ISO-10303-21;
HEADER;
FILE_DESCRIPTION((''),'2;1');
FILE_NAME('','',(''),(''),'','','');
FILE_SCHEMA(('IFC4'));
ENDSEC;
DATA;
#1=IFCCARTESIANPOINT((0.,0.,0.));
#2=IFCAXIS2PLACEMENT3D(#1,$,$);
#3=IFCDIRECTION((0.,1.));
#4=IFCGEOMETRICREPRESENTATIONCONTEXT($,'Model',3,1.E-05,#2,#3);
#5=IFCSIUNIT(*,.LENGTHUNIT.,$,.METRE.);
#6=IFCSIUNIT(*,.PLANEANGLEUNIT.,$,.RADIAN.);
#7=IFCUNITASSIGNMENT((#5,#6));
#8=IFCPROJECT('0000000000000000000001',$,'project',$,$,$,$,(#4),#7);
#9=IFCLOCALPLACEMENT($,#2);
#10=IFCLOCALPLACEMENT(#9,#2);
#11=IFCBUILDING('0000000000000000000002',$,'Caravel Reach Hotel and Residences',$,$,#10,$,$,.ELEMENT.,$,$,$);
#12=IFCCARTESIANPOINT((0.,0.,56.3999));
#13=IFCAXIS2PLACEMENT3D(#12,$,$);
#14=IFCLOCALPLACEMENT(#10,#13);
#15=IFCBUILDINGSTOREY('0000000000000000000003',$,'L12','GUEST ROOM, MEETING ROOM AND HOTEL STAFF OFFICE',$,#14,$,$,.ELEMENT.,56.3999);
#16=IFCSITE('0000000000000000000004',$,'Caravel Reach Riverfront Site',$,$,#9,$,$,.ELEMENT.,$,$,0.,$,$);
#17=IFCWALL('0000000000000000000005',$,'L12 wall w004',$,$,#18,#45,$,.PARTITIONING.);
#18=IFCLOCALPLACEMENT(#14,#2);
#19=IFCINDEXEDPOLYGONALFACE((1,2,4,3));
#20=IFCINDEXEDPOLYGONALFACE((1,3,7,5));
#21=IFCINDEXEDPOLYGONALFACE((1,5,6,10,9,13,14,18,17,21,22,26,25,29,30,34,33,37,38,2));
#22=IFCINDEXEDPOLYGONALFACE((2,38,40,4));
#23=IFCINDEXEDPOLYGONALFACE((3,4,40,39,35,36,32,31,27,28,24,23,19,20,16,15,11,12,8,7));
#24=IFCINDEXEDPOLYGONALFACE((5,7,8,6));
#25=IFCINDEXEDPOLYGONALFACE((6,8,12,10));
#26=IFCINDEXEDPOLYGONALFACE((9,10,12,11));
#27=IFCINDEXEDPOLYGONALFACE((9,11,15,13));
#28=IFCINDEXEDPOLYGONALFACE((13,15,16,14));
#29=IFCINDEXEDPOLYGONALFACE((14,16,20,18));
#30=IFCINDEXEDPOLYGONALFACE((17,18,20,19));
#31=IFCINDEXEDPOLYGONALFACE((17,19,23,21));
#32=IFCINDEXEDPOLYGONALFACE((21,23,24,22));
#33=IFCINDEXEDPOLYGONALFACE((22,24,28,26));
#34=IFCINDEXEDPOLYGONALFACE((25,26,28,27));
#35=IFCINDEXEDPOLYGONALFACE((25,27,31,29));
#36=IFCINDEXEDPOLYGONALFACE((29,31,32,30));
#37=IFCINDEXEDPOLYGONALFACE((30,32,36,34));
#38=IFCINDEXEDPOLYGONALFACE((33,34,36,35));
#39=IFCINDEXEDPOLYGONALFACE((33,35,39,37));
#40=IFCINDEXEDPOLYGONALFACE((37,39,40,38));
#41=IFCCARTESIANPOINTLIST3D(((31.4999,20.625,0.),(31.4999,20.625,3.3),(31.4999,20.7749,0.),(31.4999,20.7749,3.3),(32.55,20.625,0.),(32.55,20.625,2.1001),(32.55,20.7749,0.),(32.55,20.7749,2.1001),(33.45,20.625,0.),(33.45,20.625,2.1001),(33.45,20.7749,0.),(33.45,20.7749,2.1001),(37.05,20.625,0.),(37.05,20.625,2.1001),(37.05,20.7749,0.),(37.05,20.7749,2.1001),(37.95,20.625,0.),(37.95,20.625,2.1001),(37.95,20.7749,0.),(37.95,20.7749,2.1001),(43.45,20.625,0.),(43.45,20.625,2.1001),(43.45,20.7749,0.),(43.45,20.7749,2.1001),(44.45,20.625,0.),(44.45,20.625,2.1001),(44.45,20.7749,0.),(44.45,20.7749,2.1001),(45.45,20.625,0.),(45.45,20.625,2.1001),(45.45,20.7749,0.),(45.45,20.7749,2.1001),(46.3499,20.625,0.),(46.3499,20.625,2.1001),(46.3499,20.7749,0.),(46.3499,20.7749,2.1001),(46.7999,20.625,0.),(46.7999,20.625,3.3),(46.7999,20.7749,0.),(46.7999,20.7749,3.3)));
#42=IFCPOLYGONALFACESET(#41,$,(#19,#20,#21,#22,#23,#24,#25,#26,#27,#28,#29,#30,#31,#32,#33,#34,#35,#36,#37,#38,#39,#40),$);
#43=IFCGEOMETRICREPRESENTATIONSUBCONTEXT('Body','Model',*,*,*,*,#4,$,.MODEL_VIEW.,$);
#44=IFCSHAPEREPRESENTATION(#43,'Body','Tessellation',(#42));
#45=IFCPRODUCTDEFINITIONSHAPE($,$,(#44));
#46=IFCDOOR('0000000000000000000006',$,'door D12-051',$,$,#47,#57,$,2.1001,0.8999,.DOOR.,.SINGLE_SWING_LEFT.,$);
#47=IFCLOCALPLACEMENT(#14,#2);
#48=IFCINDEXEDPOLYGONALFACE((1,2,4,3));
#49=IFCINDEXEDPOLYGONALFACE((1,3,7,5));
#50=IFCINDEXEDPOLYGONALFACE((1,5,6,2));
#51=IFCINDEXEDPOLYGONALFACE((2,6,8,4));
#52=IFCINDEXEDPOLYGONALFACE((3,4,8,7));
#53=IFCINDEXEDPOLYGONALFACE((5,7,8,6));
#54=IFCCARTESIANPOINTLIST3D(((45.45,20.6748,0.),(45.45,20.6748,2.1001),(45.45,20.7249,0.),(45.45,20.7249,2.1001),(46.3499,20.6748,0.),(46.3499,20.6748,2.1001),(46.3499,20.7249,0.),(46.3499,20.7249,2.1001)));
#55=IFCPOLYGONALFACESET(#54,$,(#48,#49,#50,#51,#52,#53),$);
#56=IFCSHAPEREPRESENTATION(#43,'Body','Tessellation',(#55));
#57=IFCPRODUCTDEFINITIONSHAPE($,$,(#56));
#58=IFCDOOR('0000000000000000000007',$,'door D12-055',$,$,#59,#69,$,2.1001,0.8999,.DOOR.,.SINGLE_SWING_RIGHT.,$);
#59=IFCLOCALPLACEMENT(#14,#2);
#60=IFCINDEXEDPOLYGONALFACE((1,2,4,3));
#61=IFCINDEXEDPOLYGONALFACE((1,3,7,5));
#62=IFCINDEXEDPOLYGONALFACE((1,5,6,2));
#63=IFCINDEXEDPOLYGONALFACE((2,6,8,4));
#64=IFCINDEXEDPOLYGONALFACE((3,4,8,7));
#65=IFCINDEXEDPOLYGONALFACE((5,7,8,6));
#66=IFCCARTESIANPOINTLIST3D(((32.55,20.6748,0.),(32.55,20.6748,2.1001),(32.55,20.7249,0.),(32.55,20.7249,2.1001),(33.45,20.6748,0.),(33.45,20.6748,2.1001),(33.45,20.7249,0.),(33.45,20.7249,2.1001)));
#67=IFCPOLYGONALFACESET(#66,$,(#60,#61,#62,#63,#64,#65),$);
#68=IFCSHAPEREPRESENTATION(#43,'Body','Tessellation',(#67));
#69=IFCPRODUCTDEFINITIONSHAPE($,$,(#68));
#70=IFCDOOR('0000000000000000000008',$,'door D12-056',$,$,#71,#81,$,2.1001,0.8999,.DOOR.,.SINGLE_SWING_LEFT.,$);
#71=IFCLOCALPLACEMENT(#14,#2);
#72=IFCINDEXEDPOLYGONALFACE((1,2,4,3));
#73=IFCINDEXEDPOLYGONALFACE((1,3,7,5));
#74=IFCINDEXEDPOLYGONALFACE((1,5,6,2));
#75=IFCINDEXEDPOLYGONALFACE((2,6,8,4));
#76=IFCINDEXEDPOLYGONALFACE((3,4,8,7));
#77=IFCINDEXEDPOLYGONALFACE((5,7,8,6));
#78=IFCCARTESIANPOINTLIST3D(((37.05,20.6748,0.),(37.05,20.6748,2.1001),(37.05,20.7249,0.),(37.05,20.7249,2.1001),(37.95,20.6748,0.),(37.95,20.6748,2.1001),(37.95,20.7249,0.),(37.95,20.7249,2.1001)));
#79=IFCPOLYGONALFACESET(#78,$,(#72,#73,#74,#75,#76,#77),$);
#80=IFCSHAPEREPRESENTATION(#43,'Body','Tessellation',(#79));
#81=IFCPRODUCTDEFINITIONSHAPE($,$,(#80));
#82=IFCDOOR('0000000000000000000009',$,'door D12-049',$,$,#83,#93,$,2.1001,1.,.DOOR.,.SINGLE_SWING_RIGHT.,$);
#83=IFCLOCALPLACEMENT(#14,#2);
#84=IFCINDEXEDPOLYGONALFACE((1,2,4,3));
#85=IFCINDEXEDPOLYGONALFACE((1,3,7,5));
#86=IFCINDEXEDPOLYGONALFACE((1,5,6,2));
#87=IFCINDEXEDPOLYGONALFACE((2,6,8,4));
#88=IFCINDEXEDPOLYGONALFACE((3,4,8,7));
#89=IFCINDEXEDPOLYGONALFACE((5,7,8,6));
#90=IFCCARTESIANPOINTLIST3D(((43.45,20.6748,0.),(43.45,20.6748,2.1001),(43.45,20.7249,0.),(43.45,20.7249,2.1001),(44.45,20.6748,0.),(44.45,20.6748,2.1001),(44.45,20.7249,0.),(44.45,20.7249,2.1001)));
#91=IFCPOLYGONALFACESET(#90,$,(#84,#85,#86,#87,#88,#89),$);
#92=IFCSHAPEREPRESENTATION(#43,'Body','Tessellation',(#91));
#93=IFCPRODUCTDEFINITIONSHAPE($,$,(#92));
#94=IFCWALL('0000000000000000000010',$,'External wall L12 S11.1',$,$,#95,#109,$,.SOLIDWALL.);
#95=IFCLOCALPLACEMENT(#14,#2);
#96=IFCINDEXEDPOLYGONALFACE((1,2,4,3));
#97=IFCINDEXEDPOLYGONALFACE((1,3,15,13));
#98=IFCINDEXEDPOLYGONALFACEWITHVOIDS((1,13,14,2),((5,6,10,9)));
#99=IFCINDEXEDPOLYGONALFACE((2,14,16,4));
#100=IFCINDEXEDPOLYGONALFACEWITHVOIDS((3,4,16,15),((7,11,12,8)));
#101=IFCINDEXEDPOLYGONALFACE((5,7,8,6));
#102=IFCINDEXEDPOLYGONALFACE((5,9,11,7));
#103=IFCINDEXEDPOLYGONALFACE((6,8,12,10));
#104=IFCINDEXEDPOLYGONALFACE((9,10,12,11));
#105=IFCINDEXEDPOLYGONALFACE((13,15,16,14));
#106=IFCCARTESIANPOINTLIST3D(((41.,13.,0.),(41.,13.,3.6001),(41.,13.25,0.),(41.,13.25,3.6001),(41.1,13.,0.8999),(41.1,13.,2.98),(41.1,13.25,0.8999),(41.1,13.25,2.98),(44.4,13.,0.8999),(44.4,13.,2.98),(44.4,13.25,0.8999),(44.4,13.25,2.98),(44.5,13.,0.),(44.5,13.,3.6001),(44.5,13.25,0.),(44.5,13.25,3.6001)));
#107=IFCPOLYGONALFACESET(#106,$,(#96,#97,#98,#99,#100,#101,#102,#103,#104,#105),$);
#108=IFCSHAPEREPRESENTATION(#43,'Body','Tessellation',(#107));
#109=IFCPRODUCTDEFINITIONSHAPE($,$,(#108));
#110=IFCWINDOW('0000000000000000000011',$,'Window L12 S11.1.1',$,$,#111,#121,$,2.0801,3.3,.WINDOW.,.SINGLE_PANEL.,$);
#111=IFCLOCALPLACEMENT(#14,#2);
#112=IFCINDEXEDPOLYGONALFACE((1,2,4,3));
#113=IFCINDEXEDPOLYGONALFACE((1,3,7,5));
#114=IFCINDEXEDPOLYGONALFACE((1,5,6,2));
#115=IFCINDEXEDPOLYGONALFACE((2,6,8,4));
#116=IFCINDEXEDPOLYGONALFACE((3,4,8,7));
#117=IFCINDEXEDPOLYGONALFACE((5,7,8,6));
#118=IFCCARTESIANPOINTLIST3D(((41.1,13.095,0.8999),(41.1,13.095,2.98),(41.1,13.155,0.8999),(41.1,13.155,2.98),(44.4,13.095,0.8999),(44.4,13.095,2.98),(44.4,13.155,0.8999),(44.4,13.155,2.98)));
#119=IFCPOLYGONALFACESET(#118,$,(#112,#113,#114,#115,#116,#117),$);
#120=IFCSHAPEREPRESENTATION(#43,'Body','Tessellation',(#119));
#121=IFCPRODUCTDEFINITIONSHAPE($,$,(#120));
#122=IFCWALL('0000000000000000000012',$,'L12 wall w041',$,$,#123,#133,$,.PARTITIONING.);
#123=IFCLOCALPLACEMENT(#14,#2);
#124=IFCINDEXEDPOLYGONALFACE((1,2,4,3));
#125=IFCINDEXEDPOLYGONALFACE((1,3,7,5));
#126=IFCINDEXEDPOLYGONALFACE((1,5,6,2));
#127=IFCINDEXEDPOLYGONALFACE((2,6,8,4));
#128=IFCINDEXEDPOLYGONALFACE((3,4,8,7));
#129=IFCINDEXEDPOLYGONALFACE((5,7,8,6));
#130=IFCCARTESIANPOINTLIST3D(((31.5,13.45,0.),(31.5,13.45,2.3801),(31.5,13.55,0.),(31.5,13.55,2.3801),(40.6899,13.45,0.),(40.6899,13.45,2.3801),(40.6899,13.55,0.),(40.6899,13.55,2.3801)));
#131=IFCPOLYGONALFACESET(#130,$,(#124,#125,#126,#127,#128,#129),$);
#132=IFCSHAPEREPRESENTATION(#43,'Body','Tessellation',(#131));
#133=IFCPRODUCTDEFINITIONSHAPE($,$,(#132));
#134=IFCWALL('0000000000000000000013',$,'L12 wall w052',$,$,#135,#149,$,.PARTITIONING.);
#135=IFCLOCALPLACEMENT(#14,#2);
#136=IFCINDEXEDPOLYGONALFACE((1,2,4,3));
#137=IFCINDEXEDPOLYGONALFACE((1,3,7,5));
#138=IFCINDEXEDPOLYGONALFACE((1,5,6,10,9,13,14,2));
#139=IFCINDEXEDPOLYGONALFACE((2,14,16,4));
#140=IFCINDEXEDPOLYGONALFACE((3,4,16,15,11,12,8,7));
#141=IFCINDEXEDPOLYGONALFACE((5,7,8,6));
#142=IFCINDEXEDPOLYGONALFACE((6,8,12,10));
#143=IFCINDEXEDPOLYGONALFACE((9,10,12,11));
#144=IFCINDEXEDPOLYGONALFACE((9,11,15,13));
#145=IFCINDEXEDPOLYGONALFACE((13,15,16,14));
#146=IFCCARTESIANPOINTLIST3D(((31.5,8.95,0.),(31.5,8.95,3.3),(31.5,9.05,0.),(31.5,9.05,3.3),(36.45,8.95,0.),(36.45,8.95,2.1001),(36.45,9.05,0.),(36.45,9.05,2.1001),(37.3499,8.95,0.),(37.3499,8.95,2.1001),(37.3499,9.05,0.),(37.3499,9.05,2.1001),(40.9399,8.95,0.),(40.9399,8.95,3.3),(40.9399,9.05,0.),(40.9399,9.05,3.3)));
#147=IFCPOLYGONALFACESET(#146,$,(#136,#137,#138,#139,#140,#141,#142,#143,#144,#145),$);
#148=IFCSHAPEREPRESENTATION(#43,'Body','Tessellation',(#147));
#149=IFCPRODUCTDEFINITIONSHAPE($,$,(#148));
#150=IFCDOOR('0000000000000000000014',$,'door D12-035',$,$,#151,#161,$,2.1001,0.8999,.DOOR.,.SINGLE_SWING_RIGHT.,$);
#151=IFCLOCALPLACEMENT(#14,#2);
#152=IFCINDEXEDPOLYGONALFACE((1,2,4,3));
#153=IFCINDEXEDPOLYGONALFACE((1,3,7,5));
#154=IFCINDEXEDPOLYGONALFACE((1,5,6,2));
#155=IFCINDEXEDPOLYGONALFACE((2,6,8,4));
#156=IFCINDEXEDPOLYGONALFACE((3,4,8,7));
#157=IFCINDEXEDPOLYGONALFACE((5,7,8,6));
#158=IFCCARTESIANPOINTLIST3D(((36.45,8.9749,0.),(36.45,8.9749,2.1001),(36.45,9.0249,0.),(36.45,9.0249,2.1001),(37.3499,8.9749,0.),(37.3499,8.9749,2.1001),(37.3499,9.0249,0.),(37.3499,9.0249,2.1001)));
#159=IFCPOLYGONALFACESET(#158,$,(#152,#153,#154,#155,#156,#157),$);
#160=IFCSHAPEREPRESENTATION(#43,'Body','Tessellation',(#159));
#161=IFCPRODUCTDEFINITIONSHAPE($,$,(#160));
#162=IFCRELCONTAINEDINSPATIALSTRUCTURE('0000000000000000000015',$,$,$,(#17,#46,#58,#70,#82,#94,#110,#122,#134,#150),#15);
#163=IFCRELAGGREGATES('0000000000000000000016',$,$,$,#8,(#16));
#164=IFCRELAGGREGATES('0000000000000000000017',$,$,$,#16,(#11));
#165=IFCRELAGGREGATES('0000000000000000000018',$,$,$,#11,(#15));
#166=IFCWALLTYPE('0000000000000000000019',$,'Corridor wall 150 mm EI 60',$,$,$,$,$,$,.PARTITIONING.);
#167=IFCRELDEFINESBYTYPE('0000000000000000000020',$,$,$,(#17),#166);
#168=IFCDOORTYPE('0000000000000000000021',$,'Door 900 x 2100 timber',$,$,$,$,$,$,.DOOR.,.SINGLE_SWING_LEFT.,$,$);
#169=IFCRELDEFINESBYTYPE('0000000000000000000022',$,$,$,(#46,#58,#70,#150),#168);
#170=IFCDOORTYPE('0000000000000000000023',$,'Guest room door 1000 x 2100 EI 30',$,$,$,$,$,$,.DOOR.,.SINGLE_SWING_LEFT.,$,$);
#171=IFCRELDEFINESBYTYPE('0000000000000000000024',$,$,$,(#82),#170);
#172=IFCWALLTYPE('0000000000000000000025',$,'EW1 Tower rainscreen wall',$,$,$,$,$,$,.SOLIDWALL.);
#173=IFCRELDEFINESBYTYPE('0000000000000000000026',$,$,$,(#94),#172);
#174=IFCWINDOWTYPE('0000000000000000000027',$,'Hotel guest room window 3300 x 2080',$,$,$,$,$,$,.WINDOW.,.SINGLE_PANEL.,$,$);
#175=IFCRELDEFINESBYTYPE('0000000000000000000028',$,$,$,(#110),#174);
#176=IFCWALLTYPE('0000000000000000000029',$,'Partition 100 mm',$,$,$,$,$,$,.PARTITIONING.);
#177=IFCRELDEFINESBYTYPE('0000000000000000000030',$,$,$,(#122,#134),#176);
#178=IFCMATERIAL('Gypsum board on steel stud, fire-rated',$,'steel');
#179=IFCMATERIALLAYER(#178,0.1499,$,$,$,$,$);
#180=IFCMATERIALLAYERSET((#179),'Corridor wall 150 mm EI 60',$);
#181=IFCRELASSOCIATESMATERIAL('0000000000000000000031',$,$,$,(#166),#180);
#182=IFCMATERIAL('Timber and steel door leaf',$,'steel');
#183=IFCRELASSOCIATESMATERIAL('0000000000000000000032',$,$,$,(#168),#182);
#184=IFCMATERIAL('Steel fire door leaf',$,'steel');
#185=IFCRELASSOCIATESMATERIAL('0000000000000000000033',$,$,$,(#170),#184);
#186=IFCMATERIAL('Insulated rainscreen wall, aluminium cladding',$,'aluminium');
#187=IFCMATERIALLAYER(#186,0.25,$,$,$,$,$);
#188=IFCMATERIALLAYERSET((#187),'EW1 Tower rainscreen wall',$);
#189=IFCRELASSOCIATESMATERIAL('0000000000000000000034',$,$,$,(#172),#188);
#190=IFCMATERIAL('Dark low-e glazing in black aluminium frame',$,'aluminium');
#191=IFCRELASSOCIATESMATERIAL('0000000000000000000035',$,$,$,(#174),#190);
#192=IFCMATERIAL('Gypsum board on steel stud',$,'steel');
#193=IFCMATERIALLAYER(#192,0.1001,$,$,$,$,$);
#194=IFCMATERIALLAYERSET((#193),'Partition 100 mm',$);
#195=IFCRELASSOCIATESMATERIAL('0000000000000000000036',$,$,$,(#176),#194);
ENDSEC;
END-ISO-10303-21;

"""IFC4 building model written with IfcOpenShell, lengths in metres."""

from ifc_helpers import new_model, si_unit, direction, frame, frame_2d, origin, place, context, subcontext, project, spatial, rectangle, extrude, material, layer, layer_set, type_object, element, fill, save


model = new_model("IFC4")

# Units and contexts
model_context = context("Model", 3, precision=1e-05, world=origin(), true_north=direction((0.0, 1.0)))
body_context = subcontext(model_context, "Body", "Model", "MODEL_VIEW")
ifc_project = project(units=[si_unit("LENGTHUNIT", "METRE"), si_unit("PLANEANGLEUNIT", "RADIAN")], contexts=[model_context])

# Site, building, storey
site_placement = place(None, origin())
site = spatial("IfcSite", under=ifc_project, at=site_placement, Name="Caravel Reach Riverfront Site", CompositionType="ELEMENT", RefElevation=0.0)
building_placement = place(site_placement, origin())
building = spatial("IfcBuilding", under=site, at=building_placement, Name="Caravel Reach Hotel and Residences", CompositionType="ELEMENT")
storey_placement = place(building_placement, frame((0.0, 0.0, 56.3999)))
storey = spatial("IfcBuildingStorey", under=building, at=storey_placement, Name="L12", Description="GUEST ROOM, MEETING ROOM AND HOTEL STAFF OFFICE", CompositionType="ELEMENT", Elevation=56.3999)

# Wall, openings, doors
ifc_material_1 = material(Name="Gypsum board on steel stud, fire-rated", Category="steel")
ifc_layer_1 = layer(ifc_material_1, 0.1499)
ifc_layer_set_1 = layer_set([ifc_layer_1], Name="Corridor wall 150 mm EI 60")
wall_type_1 = type_object("IfcWallType", Name="Corridor wall 150 mm EI 60", PredefinedType="PARTITIONING", material=ifc_layer_set_1)
wall_1_placement = place(storey_placement, frame((31.5, 20.7, 0.0), z_axis=(0.0, 0.0, 1.0), x_axis=(1.0, 0.0, 0.0)))
wall_1 = element("IfcWall", 1, at=wall_1_placement, inside=storey, type_object=wall_type_1, Name="L12 wall w004", PredefinedType="PARTITIONING", context=body_context, shape_type="SweptSolid", body=[
    extrude(rectangle(XDim=15.3, YDim=0.1499, at=frame_2d((7.6499, 0.0))), origin(), (0.0, 0.0, 1.0), 3.3),
])
opening_1_placement = place(wall_1_placement, frame((11.95, 0.0, 0.0)))
opening_1 = element("IfcOpeningElement", 2, at=opening_1_placement, cuts=wall_1, PredefinedType="OPENING", context=body_context, shape_type="SweptSolid", body=[
    extrude(rectangle(XDim=1.0, YDim=2.1001, at=frame_2d((0.5, 1.05))), frame((0.0, 0.085, 0.0), z_axis=(0.0, -1.0, 0.0), x_axis=(1.0, 0.0, 0.0)), (0.0, 0.0, 1.0), 0.1699),
])
opening_2_placement = place(wall_1_placement, frame((13.95, 0.0, 0.0)))
opening_2 = element("IfcOpeningElement", 3, at=opening_2_placement, cuts=wall_1, PredefinedType="OPENING", context=body_context, shape_type="SweptSolid", body=[
    extrude(rectangle(XDim=0.8999, YDim=2.1001, at=frame_2d((0.45, 1.05))), frame((0.0, 0.085, 0.0), z_axis=(0.0, -1.0, 0.0), x_axis=(1.0, 0.0, 0.0)), (0.0, 0.0, 1.0), 0.1699),
])
opening_3_placement = place(wall_1_placement, frame((1.05, 0.0, 0.0)))
opening_3 = element("IfcOpeningElement", 4, at=opening_3_placement, cuts=wall_1, PredefinedType="OPENING", context=body_context, shape_type="SweptSolid", body=[
    extrude(rectangle(XDim=0.8999, YDim=2.1001, at=frame_2d((0.45, 1.05))), frame((0.0, 0.085, 0.0), z_axis=(0.0, -1.0, 0.0), x_axis=(1.0, 0.0, 0.0)), (0.0, 0.0, 1.0), 0.1699),
])
opening_4_placement = place(wall_1_placement, frame((5.55, 0.0, 0.0)))
opening_4 = element("IfcOpeningElement", 5, at=opening_4_placement, cuts=wall_1, PredefinedType="OPENING", context=body_context, shape_type="SweptSolid", body=[
    extrude(rectangle(XDim=0.8999, YDim=2.1001, at=frame_2d((0.45, 1.05))), frame((0.0, 0.085, 0.0), z_axis=(0.0, -1.0, 0.0), x_axis=(1.0, 0.0, 0.0)), (0.0, 0.0, 1.0), 0.1699),
])
ifc_material_2 = material(Name="Timber and steel door leaf", Category="steel")
door_type_1 = type_object("IfcDoorType", Name="Door 900 x 2100 timber", OperationType="SINGLE_SWING_LEFT", PredefinedType="DOOR", material=ifc_material_2)
door_1_placement = place(opening_2_placement, origin())
door_1 = element("IfcDoor", 6, at=door_1_placement, inside=storey, type_object=door_type_1, Name="door D12-051", OperationType="SINGLE_SWING_LEFT", OverallHeight=2.1001, OverallWidth=0.8999, PredefinedType="DOOR", context=body_context, shape_type="SweptSolid", body=[
    extrude(rectangle(XDim=0.8999, YDim=2.1001, at=frame_2d((0.45, 1.05))), frame((0.0, 0.0249, 0.0), z_axis=(0.0, -1.0, 0.0), x_axis=(1.0, 0.0, 0.0)), (0.0, 0.0, 1.0), 0.05),
])
fill(opening_2, door_1)
door_2_placement = place(opening_3_placement, origin())
door_2 = element("IfcDoor", 7, at=door_2_placement, inside=storey, type_object=door_type_1, Name="door D12-055", OperationType="SINGLE_SWING_RIGHT", OverallHeight=2.1001, OverallWidth=0.8999, PredefinedType="DOOR", context=body_context, shape_type="SweptSolid", body=[
    extrude(rectangle(XDim=0.8999, YDim=2.1001, at=frame_2d((0.45, 1.05))), frame((0.0, 0.0249, 0.0), z_axis=(0.0, -1.0, 0.0), x_axis=(1.0, 0.0, 0.0)), (0.0, 0.0, 1.0), 0.05),
])
fill(opening_3, door_2)
door_3_placement = place(opening_4_placement, origin())
door_3 = element("IfcDoor", 8, at=door_3_placement, inside=storey, type_object=door_type_1, Name="door D12-056", OperationType="SINGLE_SWING_LEFT", OverallHeight=2.1001, OverallWidth=0.8999, PredefinedType="DOOR", context=body_context, shape_type="SweptSolid", body=[
    extrude(rectangle(XDim=0.8999, YDim=2.1001, at=frame_2d((0.45, 1.05))), frame((0.0, 0.0249, 0.0), z_axis=(0.0, -1.0, 0.0), x_axis=(1.0, 0.0, 0.0)), (0.0, 0.0, 1.0), 0.05),
])
fill(opening_4, door_3)
ifc_material_3 = material(Name="Steel fire door leaf", Category="steel")
door_type_2 = type_object("IfcDoorType", Name="Guest room door 1000 x 2100 EI 30", OperationType="SINGLE_SWING_LEFT", PredefinedType="DOOR", material=ifc_material_3)
door_4_placement = place(opening_1_placement, origin())
door_4 = element("IfcDoor", 9, at=door_4_placement, inside=storey, type_object=door_type_2, Name="door D12-049", OperationType="SINGLE_SWING_RIGHT", OverallHeight=2.1001, OverallWidth=1.0, PredefinedType="DOOR", context=body_context, shape_type="SweptSolid", body=[
    extrude(rectangle(XDim=1.0, YDim=2.1001, at=frame_2d((0.5, 1.05))), frame((0.0, 0.0249, 0.0), z_axis=(0.0, -1.0, 0.0), x_axis=(1.0, 0.0, 0.0)), (0.0, 0.0, 1.0), 0.05),
])
fill(opening_1, door_4)

# Wall, opening, window
ifc_material_4 = material(Name="Insulated rainscreen wall, aluminium cladding", Category="aluminium")
ifc_layer_2 = layer(ifc_material_4, 0.25)
ifc_layer_set_2 = layer_set([ifc_layer_2], Name="EW1 Tower rainscreen wall")
wall_type_2 = type_object("IfcWallType", Name="EW1 Tower rainscreen wall", PredefinedType="SOLIDWALL", material=ifc_layer_set_2)
wall_2_placement = place(storey_placement, frame((41.0, 13.125, 0.0), z_axis=(0.0, 0.0, 1.0), x_axis=(1.0, 0.0, 0.0)))
wall_2 = element("IfcWall", 10, at=wall_2_placement, inside=storey, type_object=wall_type_2, Name="External wall L12 S11.1", PredefinedType="SOLIDWALL", context=body_context, shape_type="SweptSolid", body=[
    extrude(rectangle(XDim=3.5, YDim=0.25, at=frame_2d((1.75, 0.0))), origin(), (0.0, 0.0, 1.0), 3.6001),
])
opening_5_placement = place(wall_2_placement, frame((0.1001, 0.0, 0.8999)))
opening_5 = element("IfcOpeningElement", 11, at=opening_5_placement, cuts=wall_2, PredefinedType="OPENING", context=body_context, shape_type="SweptSolid", body=[
    extrude(rectangle(XDim=3.3, YDim=2.0801, at=frame_2d((1.6499, 1.04))), frame((0.0, 0.135, 0.0), z_axis=(0.0, -1.0, 0.0), x_axis=(1.0, 0.0, 0.0)), (0.0, 0.0, 1.0), 0.27),
])
ifc_material_5 = material(Name="Dark low-e glazing in black aluminium frame", Category="aluminium")
window_type = type_object("IfcWindowType", Name="Hotel guest room window 3300 x 2080", PartitioningType="SINGLE_PANEL", PredefinedType="WINDOW", material=ifc_material_5)
window_placement = place(opening_5_placement, origin())
window = element("IfcWindow", 12, at=window_placement, inside=storey, type_object=window_type, Name="Window L12 S11.1.1", OverallHeight=2.0801, OverallWidth=3.3, PartitioningType="SINGLE_PANEL", PredefinedType="WINDOW", context=body_context, shape_type="SweptSolid", body=[
    extrude(rectangle(XDim=3.3, YDim=2.0801, at=frame_2d((1.6499, 1.04))), frame((0.0, 0.03, 0.0), z_axis=(0.0, -1.0, 0.0), x_axis=(1.0, 0.0, 0.0)), (0.0, 0.0, 1.0), 0.0601),
])
fill(opening_5, window)

# Wall
ifc_material_6 = material(Name="Gypsum board on steel stud", Category="steel")
ifc_layer_3 = layer(ifc_material_6, 0.1001)
ifc_layer_set_3 = layer_set([ifc_layer_3], Name="Partition 100 mm")
wall_type_3 = type_object("IfcWallType", Name="Partition 100 mm", PredefinedType="PARTITIONING", material=ifc_layer_set_3)
wall_3_placement = place(storey_placement, frame((31.5, 13.5, 0.0), z_axis=(0.0, 0.0, 1.0), x_axis=(1.0, 0.0, 0.0)))
element("IfcWall", 13, at=wall_3_placement, inside=storey, type_object=wall_type_3, Name="L12 wall w041", PredefinedType="PARTITIONING", context=body_context, shape_type="SweptSolid", body=[
    extrude(rectangle(XDim=9.1899, YDim=0.1001, at=frame_2d((4.595, 0.0))), origin(), (0.0, 0.0, 1.0), 2.3801),
])

# Wall, opening, door
wall_4_placement = place(storey_placement, frame((31.5, 9.0, 0.0), z_axis=(0.0, 0.0, 1.0), x_axis=(1.0, 0.0, 0.0)))
wall_4 = element("IfcWall", 14, at=wall_4_placement, inside=storey, type_object=wall_type_3, Name="L12 wall w052", PredefinedType="PARTITIONING", context=body_context, shape_type="SweptSolid", body=[
    extrude(rectangle(XDim=9.4399, YDim=0.1001, at=frame_2d((4.72, 0.0))), origin(), (0.0, 0.0, 1.0), 3.3),
])
opening_6_placement = place(wall_4_placement, frame((4.95, 0.0, 0.0)))
opening_6 = element("IfcOpeningElement", 15, at=opening_6_placement, cuts=wall_4, PredefinedType="OPENING", context=body_context, shape_type="SweptSolid", body=[
    extrude(rectangle(XDim=0.8999, YDim=2.1001, at=frame_2d((0.45, 1.05))), frame((0.0, 0.0601, 0.0), z_axis=(0.0, -1.0, 0.0), x_axis=(1.0, 0.0, 0.0)), (0.0, 0.0, 1.0), 0.1201),
])
door_5_placement = place(opening_6_placement, origin())
door_5 = element("IfcDoor", 16, at=door_5_placement, inside=storey, type_object=door_type_1, Name="door D12-035", OperationType="SINGLE_SWING_RIGHT", OverallHeight=2.1001, OverallWidth=0.8999, PredefinedType="DOOR", context=body_context, shape_type="SweptSolid", body=[
    extrude(rectangle(XDim=0.8999, YDim=2.1001, at=frame_2d((0.45, 1.05))), frame((0.0, 0.0249, 0.0), z_axis=(0.0, -1.0, 0.0), x_axis=(1.0, 0.0, 0.0)), (0.0, 0.0, 1.0), 0.05),
])
fill(opening_6, door_5)

save(model, "model.ifc")
